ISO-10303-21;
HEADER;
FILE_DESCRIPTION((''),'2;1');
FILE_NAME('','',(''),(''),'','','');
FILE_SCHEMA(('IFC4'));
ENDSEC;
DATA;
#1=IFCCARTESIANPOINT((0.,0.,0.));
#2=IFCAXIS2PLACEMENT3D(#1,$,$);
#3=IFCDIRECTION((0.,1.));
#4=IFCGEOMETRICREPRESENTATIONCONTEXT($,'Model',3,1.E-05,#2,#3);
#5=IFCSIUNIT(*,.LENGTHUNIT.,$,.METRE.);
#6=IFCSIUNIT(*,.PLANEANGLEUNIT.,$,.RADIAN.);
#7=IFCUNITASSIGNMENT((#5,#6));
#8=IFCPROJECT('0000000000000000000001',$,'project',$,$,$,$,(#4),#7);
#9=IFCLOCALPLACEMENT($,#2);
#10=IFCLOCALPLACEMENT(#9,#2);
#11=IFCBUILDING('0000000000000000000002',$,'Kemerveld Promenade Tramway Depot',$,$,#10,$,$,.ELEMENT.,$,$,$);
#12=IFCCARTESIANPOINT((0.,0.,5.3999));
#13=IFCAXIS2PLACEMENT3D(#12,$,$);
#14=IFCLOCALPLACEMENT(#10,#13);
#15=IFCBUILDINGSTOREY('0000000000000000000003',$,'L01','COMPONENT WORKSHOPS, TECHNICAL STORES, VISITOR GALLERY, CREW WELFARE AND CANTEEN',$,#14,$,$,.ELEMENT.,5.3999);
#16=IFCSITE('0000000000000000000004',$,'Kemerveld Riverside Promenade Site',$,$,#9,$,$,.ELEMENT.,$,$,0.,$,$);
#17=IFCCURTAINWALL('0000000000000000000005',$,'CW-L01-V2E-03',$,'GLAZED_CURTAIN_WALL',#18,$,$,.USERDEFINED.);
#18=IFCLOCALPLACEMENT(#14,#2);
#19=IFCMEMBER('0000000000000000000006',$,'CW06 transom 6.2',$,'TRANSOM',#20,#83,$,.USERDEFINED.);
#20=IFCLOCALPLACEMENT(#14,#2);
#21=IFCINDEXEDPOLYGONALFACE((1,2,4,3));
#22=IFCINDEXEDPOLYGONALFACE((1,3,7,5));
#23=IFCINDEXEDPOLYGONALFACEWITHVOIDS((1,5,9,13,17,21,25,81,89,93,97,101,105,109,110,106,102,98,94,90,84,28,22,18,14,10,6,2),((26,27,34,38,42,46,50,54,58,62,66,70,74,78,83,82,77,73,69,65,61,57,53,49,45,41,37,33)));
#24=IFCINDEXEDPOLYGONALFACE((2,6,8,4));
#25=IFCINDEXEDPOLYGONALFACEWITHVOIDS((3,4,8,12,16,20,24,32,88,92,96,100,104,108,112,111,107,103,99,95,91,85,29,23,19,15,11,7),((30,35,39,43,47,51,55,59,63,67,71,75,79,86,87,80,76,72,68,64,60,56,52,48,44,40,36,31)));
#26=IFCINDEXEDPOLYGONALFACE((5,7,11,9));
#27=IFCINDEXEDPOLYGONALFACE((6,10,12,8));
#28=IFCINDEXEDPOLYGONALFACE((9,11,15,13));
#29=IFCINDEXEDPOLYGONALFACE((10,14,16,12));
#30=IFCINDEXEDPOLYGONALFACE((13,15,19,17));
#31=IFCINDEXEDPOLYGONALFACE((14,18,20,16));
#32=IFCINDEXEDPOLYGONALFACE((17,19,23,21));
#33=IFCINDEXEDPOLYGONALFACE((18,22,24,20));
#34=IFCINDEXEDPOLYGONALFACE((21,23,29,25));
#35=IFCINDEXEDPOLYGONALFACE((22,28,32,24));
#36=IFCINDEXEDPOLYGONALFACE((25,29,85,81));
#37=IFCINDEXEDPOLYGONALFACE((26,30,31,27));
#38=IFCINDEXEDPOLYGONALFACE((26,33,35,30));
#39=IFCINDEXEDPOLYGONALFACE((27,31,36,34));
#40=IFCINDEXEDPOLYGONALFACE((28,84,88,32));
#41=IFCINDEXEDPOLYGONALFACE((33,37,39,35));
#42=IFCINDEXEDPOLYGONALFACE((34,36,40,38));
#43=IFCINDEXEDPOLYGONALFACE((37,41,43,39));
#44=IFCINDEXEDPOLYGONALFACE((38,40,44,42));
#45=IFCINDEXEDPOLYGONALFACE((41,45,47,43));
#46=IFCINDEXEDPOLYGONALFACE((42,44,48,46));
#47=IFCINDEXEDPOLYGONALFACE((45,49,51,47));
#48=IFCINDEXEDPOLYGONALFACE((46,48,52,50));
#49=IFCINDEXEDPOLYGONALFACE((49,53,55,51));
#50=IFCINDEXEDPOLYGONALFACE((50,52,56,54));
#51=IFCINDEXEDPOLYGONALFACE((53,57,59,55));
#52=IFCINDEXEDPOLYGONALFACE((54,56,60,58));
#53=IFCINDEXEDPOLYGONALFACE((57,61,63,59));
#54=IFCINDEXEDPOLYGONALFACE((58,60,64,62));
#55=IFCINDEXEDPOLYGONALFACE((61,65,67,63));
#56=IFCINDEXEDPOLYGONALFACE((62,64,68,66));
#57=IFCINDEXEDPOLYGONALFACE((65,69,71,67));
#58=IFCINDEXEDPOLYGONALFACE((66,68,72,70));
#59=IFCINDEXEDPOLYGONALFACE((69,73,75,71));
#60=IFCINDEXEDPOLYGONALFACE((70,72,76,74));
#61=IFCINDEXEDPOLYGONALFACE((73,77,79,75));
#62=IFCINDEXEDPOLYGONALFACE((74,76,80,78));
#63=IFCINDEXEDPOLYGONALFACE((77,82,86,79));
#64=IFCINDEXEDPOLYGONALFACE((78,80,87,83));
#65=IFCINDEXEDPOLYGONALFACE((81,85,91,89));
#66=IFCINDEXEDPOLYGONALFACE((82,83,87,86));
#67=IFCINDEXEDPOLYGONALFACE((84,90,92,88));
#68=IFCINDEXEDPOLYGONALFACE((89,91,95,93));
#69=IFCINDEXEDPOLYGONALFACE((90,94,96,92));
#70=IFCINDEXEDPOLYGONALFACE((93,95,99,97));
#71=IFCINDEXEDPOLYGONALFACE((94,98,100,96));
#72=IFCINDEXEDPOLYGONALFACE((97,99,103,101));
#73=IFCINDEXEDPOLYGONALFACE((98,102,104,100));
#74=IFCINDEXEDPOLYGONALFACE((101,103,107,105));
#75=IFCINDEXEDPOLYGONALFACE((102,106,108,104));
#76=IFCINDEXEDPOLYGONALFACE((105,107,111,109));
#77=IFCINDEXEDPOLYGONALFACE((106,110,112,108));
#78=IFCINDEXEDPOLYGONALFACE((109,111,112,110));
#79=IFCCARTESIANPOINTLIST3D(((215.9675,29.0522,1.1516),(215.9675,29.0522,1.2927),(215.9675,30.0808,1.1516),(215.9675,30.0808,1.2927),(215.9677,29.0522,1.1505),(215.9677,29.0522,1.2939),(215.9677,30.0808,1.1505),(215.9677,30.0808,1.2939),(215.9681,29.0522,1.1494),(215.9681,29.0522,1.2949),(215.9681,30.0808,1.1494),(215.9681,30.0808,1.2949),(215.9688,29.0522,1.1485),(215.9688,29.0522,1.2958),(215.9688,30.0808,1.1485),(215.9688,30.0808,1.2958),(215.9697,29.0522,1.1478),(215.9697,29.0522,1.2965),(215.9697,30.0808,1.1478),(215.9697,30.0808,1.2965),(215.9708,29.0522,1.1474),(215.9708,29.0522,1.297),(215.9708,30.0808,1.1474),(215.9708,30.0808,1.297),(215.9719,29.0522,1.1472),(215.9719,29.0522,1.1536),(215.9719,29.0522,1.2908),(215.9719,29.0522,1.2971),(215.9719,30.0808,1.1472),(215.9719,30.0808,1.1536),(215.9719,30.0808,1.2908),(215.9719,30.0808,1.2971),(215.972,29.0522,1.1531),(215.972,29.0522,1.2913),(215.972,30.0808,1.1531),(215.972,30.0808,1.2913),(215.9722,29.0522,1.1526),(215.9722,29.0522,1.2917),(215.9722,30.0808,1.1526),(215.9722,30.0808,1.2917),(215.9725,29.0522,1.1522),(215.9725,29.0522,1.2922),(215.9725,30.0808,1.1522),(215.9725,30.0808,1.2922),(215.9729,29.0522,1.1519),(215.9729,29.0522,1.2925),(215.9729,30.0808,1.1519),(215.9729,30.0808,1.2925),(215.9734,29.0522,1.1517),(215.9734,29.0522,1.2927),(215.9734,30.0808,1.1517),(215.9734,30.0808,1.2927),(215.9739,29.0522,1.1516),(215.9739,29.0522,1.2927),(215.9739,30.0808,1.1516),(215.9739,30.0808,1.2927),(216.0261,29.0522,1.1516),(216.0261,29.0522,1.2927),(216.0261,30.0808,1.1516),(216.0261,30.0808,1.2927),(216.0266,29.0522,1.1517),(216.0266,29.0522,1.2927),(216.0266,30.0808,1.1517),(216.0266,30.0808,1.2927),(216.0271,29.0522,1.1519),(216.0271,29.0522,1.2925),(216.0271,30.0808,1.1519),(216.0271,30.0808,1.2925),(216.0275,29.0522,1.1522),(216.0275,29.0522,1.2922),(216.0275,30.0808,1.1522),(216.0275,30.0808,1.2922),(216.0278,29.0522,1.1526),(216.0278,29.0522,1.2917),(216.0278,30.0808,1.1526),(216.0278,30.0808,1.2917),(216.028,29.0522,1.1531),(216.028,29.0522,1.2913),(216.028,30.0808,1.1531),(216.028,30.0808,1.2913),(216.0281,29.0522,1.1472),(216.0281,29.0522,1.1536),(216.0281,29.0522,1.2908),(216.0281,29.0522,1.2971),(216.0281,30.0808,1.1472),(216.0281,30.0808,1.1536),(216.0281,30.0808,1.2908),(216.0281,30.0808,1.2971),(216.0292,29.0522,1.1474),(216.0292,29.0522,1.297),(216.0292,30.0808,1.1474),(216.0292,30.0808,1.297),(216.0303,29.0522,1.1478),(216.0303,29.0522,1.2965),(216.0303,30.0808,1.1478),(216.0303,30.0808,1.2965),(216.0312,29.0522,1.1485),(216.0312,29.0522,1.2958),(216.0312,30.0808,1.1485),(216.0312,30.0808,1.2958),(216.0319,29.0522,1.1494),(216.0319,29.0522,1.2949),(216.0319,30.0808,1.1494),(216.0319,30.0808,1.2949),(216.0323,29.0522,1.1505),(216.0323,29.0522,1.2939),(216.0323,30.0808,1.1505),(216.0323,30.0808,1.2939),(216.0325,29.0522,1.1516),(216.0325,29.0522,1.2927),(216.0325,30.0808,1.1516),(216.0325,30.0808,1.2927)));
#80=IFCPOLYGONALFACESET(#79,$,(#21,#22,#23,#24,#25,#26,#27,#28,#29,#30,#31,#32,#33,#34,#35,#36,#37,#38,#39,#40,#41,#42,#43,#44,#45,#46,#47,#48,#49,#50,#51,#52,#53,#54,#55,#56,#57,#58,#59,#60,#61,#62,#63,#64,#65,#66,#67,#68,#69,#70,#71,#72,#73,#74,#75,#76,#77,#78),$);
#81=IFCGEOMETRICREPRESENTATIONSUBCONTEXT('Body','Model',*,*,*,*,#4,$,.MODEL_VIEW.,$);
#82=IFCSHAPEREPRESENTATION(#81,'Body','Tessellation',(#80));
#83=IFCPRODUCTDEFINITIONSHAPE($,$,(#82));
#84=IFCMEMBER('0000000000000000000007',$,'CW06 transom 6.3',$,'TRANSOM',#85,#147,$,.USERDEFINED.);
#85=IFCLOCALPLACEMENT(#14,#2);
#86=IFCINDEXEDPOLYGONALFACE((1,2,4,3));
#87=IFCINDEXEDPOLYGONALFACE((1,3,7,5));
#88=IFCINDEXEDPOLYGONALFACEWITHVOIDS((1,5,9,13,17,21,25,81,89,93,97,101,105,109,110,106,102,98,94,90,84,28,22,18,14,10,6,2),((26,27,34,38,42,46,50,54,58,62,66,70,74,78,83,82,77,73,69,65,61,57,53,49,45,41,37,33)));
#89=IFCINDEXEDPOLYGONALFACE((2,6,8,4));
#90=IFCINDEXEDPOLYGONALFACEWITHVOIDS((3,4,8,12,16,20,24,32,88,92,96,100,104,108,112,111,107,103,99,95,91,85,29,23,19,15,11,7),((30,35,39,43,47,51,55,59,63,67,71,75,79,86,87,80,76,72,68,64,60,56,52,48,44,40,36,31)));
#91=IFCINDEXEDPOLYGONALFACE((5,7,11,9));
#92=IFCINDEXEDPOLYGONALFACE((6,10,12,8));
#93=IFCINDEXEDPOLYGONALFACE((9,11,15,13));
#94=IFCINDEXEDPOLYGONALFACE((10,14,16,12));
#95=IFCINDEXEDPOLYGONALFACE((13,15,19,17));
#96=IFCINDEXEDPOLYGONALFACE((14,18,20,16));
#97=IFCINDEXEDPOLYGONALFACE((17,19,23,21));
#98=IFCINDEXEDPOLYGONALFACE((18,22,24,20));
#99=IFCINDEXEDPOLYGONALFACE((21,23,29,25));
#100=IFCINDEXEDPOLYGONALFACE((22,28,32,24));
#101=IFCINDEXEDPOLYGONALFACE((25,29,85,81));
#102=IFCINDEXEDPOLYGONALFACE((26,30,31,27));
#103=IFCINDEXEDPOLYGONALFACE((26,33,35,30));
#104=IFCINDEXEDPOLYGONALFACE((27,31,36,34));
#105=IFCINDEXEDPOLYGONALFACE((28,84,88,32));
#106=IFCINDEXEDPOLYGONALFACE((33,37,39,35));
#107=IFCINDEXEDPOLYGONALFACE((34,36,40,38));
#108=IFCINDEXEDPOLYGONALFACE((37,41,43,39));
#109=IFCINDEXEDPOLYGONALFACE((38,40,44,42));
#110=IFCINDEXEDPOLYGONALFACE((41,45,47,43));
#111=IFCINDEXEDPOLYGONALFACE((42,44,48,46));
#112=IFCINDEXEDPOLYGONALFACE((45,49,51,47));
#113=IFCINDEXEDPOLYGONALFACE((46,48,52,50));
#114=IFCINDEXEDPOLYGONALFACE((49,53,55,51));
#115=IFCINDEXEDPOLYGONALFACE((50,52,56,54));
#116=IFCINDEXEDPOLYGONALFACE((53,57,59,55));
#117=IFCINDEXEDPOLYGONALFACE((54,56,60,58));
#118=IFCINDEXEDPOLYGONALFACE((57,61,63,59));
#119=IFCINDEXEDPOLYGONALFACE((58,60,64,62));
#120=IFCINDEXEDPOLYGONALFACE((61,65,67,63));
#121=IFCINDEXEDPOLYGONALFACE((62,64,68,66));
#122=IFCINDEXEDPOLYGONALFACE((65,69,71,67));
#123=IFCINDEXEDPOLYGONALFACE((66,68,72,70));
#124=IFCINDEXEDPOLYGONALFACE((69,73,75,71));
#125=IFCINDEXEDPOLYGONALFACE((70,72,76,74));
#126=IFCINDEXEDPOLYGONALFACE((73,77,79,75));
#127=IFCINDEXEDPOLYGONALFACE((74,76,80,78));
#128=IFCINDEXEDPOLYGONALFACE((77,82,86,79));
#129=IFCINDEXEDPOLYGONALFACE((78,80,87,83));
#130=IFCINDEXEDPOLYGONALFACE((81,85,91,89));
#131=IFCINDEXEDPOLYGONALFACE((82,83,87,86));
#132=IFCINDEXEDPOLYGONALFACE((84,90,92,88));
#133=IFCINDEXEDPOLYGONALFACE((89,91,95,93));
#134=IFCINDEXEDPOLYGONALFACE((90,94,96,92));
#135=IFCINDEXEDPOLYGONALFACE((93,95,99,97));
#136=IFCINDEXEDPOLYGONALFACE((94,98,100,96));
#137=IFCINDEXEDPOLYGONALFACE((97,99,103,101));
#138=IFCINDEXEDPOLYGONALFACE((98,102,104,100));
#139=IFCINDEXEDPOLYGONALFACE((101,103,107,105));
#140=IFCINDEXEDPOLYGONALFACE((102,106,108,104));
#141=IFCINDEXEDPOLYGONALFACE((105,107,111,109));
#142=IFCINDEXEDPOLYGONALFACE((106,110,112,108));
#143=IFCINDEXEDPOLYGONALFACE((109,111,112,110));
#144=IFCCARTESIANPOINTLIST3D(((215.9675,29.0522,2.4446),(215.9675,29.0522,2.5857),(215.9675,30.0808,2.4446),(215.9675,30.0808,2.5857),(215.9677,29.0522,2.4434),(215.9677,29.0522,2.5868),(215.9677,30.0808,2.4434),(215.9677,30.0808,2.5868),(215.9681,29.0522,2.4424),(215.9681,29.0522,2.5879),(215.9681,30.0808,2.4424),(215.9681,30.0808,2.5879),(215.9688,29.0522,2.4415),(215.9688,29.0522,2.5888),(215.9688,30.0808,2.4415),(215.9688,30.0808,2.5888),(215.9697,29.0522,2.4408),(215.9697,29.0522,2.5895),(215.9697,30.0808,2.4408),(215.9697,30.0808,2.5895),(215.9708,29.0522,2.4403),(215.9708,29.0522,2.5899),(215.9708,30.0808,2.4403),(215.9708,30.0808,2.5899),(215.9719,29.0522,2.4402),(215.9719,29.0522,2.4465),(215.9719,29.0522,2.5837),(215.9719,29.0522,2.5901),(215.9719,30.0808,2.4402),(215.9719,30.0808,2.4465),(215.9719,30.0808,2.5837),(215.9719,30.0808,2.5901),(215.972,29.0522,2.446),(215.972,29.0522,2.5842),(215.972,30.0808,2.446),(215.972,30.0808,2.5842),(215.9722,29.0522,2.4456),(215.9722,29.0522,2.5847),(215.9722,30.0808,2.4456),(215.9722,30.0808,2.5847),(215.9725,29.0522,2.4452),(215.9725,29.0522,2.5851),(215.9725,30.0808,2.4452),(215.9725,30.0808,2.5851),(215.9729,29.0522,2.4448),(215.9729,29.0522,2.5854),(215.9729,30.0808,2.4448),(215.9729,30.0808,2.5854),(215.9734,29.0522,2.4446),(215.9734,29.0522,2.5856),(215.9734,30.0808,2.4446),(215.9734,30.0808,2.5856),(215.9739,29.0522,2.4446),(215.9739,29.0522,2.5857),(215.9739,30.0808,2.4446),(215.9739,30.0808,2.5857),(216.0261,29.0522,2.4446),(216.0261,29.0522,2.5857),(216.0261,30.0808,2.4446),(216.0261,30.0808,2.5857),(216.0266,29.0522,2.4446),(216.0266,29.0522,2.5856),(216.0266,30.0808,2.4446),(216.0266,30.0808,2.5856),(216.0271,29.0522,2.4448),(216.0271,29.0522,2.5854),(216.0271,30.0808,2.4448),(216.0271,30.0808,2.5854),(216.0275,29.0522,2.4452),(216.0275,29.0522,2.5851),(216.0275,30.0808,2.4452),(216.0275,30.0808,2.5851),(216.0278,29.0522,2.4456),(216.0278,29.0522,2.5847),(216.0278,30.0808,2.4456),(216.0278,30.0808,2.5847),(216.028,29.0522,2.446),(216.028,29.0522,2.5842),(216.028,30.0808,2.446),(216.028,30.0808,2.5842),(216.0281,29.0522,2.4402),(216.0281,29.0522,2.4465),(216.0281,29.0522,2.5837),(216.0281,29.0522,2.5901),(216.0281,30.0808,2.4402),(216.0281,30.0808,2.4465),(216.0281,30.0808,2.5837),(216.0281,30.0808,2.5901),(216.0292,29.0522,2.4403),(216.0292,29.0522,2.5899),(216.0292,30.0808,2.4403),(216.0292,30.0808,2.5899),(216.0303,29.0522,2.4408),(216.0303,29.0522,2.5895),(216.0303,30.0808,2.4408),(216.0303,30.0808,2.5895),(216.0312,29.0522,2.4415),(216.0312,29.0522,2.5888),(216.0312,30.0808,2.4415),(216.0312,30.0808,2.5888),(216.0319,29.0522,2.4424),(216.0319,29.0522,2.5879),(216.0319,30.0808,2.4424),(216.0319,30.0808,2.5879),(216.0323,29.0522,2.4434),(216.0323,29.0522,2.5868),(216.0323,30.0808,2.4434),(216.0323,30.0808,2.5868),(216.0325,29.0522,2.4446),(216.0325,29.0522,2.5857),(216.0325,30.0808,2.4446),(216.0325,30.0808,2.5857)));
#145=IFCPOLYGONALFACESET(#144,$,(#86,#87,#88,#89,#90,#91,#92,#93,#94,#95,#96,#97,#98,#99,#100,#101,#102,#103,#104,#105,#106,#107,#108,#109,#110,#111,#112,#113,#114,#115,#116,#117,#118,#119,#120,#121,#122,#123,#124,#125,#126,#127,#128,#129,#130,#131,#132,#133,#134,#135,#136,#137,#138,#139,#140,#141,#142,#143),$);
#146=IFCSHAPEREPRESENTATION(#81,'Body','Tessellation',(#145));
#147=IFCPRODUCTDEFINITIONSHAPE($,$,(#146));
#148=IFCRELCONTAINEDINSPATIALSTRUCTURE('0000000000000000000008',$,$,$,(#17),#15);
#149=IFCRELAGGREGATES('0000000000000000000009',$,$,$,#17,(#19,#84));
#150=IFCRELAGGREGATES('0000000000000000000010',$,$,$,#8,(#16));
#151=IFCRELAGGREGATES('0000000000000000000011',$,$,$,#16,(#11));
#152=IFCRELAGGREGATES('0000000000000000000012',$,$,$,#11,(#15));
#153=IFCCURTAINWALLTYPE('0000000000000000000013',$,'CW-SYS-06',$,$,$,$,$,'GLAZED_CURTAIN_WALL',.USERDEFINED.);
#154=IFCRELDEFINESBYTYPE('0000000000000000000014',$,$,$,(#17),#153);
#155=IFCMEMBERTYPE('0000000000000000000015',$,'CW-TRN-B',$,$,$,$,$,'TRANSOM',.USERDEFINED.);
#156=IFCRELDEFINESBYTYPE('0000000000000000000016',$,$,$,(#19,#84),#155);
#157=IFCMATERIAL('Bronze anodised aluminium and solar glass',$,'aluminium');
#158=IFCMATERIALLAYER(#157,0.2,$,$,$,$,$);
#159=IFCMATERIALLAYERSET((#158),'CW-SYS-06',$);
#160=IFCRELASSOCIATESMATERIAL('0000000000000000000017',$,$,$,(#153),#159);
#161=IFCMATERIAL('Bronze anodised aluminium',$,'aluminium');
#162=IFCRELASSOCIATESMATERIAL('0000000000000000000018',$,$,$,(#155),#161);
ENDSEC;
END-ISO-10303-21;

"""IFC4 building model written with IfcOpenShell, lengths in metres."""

from ifc_helpers import new_model, si_unit, direction, frame, origin, origin_2d, place, context, subcontext, project, spatial, hollow_rectangle, extrude, material, layer, layer_set, material_profile, profile_set, type_object, element, aggregate, save


model = new_model("IFC4")

# Units and contexts
model_context = context("Model", 3, precision=1e-05, world=origin(), true_north=direction((0.0, 1.0)))
body_context = subcontext(model_context, "Body", "Model", "MODEL_VIEW")
ifc_project = project(units=[si_unit("LENGTHUNIT", "METRE"), si_unit("PLANEANGLEUNIT", "RADIAN")], contexts=[model_context])

# Site, building, storey
site_placement = place(None, origin())
site = spatial("IfcSite", under=ifc_project, at=site_placement, Name="Kemerveld Riverside Promenade Site", CompositionType="ELEMENT", RefElevation=0.0)
building_placement = place(site_placement, origin())
building = spatial("IfcBuilding", under=site, at=building_placement, Name="Kemerveld Promenade Tramway Depot", CompositionType="ELEMENT")
storey_placement = place(building_placement, frame((0.0, 0.0, 5.3999)))
storey = spatial("IfcBuildingStorey", under=building, at=storey_placement, Name="L01", Description="COMPONENT WORKSHOPS, TECHNICAL STORES, VISITOR GALLERY, CREW WELFARE AND CANTEEN", CompositionType="ELEMENT", Elevation=5.3999)

# Curtain wall
ifc_material_1 = material(Name="Bronze anodised aluminium and solar glass", Category="aluminium")
ifc_layer_1 = layer(ifc_material_1, 0.2)
ifc_layer_set_1 = layer_set([ifc_layer_1], Name="CW-SYS-06")
curtain_wall_type_1 = type_object("IfcCurtainWallType", Name="CW-SYS-06", ElementType="GLAZED_CURTAIN_WALL", PredefinedType="USERDEFINED", material=ifc_layer_set_1)
curtain_wall_1_placement = place(storey_placement, origin())
curtain_wall_1 = element("IfcCurtainWall", 1, at=curtain_wall_1_placement, inside=storey, type_object=curtain_wall_type_1, Name="CW-L01-V2E-03", ObjectType="GLAZED_CURTAIN_WALL", PredefinedType="USERDEFINED")
ifc_material_2 = material(Name="Bronze anodised aluminium", Category="aluminium")

# Members
ifc_material_profile_1 = material_profile(ifc_material_2, hollow_rectangle(XDim=0.0649, YDim=0.1499, WallThickness=0.0044, InnerFilletRadius=0.002, OuterFilletRadius=0.0044, at=origin_2d()), Name="CW-TRN-150x65")
ifc_profile_set_1 = profile_set([ifc_material_profile_1], Name="Bronze anodised aluminium")
member_type_1 = type_object("IfcMemberType", Name="CW-TRN-B", ElementType="TRANSOM", PredefinedType="USERDEFINED", material=ifc_profile_set_1)
member_1_placement = place(storey_placement, frame((216.0, 30.0808, 1.2222), z_axis=(0.0, -1.0, 0.0), x_axis=(1.0, 0.0, 0.0)))
member_1 = element("IfcMember", 2, at=member_1_placement, type_object=member_type_1, Name="CW06 transom 6.2", ObjectType="TRANSOM", PredefinedType="USERDEFINED", context=body_context, shape_type="SweptSolid", body=[
    extrude(hollow_rectangle(XDim=0.0649, YDim=0.1499, WallThickness=0.0044, InnerFilletRadius=0.002, OuterFilletRadius=0.0044, at=origin_2d()), origin(), (0.0, 0.0, 1.0), 1.0286),
])
member_2_placement = place(storey_placement, frame((216.0, 30.0808, 2.5151), z_axis=(0.0, -1.0, 0.0), x_axis=(1.0, 0.0, 0.0)))
member_2 = element("IfcMember", 3, at=member_2_placement, type_object=member_type_1, Name="CW06 transom 6.3", ObjectType="TRANSOM", PredefinedType="USERDEFINED", context=body_context, shape_type="SweptSolid", body=[
    extrude(hollow_rectangle(XDim=0.0649, YDim=0.1499, WallThickness=0.0044, InnerFilletRadius=0.002, OuterFilletRadius=0.0044, at=origin_2d()), origin(), (0.0, 0.0, 1.0), 1.0286),
])

aggregate(curtain_wall_1, [member_1, member_2])

save(model, "model.ifc")
